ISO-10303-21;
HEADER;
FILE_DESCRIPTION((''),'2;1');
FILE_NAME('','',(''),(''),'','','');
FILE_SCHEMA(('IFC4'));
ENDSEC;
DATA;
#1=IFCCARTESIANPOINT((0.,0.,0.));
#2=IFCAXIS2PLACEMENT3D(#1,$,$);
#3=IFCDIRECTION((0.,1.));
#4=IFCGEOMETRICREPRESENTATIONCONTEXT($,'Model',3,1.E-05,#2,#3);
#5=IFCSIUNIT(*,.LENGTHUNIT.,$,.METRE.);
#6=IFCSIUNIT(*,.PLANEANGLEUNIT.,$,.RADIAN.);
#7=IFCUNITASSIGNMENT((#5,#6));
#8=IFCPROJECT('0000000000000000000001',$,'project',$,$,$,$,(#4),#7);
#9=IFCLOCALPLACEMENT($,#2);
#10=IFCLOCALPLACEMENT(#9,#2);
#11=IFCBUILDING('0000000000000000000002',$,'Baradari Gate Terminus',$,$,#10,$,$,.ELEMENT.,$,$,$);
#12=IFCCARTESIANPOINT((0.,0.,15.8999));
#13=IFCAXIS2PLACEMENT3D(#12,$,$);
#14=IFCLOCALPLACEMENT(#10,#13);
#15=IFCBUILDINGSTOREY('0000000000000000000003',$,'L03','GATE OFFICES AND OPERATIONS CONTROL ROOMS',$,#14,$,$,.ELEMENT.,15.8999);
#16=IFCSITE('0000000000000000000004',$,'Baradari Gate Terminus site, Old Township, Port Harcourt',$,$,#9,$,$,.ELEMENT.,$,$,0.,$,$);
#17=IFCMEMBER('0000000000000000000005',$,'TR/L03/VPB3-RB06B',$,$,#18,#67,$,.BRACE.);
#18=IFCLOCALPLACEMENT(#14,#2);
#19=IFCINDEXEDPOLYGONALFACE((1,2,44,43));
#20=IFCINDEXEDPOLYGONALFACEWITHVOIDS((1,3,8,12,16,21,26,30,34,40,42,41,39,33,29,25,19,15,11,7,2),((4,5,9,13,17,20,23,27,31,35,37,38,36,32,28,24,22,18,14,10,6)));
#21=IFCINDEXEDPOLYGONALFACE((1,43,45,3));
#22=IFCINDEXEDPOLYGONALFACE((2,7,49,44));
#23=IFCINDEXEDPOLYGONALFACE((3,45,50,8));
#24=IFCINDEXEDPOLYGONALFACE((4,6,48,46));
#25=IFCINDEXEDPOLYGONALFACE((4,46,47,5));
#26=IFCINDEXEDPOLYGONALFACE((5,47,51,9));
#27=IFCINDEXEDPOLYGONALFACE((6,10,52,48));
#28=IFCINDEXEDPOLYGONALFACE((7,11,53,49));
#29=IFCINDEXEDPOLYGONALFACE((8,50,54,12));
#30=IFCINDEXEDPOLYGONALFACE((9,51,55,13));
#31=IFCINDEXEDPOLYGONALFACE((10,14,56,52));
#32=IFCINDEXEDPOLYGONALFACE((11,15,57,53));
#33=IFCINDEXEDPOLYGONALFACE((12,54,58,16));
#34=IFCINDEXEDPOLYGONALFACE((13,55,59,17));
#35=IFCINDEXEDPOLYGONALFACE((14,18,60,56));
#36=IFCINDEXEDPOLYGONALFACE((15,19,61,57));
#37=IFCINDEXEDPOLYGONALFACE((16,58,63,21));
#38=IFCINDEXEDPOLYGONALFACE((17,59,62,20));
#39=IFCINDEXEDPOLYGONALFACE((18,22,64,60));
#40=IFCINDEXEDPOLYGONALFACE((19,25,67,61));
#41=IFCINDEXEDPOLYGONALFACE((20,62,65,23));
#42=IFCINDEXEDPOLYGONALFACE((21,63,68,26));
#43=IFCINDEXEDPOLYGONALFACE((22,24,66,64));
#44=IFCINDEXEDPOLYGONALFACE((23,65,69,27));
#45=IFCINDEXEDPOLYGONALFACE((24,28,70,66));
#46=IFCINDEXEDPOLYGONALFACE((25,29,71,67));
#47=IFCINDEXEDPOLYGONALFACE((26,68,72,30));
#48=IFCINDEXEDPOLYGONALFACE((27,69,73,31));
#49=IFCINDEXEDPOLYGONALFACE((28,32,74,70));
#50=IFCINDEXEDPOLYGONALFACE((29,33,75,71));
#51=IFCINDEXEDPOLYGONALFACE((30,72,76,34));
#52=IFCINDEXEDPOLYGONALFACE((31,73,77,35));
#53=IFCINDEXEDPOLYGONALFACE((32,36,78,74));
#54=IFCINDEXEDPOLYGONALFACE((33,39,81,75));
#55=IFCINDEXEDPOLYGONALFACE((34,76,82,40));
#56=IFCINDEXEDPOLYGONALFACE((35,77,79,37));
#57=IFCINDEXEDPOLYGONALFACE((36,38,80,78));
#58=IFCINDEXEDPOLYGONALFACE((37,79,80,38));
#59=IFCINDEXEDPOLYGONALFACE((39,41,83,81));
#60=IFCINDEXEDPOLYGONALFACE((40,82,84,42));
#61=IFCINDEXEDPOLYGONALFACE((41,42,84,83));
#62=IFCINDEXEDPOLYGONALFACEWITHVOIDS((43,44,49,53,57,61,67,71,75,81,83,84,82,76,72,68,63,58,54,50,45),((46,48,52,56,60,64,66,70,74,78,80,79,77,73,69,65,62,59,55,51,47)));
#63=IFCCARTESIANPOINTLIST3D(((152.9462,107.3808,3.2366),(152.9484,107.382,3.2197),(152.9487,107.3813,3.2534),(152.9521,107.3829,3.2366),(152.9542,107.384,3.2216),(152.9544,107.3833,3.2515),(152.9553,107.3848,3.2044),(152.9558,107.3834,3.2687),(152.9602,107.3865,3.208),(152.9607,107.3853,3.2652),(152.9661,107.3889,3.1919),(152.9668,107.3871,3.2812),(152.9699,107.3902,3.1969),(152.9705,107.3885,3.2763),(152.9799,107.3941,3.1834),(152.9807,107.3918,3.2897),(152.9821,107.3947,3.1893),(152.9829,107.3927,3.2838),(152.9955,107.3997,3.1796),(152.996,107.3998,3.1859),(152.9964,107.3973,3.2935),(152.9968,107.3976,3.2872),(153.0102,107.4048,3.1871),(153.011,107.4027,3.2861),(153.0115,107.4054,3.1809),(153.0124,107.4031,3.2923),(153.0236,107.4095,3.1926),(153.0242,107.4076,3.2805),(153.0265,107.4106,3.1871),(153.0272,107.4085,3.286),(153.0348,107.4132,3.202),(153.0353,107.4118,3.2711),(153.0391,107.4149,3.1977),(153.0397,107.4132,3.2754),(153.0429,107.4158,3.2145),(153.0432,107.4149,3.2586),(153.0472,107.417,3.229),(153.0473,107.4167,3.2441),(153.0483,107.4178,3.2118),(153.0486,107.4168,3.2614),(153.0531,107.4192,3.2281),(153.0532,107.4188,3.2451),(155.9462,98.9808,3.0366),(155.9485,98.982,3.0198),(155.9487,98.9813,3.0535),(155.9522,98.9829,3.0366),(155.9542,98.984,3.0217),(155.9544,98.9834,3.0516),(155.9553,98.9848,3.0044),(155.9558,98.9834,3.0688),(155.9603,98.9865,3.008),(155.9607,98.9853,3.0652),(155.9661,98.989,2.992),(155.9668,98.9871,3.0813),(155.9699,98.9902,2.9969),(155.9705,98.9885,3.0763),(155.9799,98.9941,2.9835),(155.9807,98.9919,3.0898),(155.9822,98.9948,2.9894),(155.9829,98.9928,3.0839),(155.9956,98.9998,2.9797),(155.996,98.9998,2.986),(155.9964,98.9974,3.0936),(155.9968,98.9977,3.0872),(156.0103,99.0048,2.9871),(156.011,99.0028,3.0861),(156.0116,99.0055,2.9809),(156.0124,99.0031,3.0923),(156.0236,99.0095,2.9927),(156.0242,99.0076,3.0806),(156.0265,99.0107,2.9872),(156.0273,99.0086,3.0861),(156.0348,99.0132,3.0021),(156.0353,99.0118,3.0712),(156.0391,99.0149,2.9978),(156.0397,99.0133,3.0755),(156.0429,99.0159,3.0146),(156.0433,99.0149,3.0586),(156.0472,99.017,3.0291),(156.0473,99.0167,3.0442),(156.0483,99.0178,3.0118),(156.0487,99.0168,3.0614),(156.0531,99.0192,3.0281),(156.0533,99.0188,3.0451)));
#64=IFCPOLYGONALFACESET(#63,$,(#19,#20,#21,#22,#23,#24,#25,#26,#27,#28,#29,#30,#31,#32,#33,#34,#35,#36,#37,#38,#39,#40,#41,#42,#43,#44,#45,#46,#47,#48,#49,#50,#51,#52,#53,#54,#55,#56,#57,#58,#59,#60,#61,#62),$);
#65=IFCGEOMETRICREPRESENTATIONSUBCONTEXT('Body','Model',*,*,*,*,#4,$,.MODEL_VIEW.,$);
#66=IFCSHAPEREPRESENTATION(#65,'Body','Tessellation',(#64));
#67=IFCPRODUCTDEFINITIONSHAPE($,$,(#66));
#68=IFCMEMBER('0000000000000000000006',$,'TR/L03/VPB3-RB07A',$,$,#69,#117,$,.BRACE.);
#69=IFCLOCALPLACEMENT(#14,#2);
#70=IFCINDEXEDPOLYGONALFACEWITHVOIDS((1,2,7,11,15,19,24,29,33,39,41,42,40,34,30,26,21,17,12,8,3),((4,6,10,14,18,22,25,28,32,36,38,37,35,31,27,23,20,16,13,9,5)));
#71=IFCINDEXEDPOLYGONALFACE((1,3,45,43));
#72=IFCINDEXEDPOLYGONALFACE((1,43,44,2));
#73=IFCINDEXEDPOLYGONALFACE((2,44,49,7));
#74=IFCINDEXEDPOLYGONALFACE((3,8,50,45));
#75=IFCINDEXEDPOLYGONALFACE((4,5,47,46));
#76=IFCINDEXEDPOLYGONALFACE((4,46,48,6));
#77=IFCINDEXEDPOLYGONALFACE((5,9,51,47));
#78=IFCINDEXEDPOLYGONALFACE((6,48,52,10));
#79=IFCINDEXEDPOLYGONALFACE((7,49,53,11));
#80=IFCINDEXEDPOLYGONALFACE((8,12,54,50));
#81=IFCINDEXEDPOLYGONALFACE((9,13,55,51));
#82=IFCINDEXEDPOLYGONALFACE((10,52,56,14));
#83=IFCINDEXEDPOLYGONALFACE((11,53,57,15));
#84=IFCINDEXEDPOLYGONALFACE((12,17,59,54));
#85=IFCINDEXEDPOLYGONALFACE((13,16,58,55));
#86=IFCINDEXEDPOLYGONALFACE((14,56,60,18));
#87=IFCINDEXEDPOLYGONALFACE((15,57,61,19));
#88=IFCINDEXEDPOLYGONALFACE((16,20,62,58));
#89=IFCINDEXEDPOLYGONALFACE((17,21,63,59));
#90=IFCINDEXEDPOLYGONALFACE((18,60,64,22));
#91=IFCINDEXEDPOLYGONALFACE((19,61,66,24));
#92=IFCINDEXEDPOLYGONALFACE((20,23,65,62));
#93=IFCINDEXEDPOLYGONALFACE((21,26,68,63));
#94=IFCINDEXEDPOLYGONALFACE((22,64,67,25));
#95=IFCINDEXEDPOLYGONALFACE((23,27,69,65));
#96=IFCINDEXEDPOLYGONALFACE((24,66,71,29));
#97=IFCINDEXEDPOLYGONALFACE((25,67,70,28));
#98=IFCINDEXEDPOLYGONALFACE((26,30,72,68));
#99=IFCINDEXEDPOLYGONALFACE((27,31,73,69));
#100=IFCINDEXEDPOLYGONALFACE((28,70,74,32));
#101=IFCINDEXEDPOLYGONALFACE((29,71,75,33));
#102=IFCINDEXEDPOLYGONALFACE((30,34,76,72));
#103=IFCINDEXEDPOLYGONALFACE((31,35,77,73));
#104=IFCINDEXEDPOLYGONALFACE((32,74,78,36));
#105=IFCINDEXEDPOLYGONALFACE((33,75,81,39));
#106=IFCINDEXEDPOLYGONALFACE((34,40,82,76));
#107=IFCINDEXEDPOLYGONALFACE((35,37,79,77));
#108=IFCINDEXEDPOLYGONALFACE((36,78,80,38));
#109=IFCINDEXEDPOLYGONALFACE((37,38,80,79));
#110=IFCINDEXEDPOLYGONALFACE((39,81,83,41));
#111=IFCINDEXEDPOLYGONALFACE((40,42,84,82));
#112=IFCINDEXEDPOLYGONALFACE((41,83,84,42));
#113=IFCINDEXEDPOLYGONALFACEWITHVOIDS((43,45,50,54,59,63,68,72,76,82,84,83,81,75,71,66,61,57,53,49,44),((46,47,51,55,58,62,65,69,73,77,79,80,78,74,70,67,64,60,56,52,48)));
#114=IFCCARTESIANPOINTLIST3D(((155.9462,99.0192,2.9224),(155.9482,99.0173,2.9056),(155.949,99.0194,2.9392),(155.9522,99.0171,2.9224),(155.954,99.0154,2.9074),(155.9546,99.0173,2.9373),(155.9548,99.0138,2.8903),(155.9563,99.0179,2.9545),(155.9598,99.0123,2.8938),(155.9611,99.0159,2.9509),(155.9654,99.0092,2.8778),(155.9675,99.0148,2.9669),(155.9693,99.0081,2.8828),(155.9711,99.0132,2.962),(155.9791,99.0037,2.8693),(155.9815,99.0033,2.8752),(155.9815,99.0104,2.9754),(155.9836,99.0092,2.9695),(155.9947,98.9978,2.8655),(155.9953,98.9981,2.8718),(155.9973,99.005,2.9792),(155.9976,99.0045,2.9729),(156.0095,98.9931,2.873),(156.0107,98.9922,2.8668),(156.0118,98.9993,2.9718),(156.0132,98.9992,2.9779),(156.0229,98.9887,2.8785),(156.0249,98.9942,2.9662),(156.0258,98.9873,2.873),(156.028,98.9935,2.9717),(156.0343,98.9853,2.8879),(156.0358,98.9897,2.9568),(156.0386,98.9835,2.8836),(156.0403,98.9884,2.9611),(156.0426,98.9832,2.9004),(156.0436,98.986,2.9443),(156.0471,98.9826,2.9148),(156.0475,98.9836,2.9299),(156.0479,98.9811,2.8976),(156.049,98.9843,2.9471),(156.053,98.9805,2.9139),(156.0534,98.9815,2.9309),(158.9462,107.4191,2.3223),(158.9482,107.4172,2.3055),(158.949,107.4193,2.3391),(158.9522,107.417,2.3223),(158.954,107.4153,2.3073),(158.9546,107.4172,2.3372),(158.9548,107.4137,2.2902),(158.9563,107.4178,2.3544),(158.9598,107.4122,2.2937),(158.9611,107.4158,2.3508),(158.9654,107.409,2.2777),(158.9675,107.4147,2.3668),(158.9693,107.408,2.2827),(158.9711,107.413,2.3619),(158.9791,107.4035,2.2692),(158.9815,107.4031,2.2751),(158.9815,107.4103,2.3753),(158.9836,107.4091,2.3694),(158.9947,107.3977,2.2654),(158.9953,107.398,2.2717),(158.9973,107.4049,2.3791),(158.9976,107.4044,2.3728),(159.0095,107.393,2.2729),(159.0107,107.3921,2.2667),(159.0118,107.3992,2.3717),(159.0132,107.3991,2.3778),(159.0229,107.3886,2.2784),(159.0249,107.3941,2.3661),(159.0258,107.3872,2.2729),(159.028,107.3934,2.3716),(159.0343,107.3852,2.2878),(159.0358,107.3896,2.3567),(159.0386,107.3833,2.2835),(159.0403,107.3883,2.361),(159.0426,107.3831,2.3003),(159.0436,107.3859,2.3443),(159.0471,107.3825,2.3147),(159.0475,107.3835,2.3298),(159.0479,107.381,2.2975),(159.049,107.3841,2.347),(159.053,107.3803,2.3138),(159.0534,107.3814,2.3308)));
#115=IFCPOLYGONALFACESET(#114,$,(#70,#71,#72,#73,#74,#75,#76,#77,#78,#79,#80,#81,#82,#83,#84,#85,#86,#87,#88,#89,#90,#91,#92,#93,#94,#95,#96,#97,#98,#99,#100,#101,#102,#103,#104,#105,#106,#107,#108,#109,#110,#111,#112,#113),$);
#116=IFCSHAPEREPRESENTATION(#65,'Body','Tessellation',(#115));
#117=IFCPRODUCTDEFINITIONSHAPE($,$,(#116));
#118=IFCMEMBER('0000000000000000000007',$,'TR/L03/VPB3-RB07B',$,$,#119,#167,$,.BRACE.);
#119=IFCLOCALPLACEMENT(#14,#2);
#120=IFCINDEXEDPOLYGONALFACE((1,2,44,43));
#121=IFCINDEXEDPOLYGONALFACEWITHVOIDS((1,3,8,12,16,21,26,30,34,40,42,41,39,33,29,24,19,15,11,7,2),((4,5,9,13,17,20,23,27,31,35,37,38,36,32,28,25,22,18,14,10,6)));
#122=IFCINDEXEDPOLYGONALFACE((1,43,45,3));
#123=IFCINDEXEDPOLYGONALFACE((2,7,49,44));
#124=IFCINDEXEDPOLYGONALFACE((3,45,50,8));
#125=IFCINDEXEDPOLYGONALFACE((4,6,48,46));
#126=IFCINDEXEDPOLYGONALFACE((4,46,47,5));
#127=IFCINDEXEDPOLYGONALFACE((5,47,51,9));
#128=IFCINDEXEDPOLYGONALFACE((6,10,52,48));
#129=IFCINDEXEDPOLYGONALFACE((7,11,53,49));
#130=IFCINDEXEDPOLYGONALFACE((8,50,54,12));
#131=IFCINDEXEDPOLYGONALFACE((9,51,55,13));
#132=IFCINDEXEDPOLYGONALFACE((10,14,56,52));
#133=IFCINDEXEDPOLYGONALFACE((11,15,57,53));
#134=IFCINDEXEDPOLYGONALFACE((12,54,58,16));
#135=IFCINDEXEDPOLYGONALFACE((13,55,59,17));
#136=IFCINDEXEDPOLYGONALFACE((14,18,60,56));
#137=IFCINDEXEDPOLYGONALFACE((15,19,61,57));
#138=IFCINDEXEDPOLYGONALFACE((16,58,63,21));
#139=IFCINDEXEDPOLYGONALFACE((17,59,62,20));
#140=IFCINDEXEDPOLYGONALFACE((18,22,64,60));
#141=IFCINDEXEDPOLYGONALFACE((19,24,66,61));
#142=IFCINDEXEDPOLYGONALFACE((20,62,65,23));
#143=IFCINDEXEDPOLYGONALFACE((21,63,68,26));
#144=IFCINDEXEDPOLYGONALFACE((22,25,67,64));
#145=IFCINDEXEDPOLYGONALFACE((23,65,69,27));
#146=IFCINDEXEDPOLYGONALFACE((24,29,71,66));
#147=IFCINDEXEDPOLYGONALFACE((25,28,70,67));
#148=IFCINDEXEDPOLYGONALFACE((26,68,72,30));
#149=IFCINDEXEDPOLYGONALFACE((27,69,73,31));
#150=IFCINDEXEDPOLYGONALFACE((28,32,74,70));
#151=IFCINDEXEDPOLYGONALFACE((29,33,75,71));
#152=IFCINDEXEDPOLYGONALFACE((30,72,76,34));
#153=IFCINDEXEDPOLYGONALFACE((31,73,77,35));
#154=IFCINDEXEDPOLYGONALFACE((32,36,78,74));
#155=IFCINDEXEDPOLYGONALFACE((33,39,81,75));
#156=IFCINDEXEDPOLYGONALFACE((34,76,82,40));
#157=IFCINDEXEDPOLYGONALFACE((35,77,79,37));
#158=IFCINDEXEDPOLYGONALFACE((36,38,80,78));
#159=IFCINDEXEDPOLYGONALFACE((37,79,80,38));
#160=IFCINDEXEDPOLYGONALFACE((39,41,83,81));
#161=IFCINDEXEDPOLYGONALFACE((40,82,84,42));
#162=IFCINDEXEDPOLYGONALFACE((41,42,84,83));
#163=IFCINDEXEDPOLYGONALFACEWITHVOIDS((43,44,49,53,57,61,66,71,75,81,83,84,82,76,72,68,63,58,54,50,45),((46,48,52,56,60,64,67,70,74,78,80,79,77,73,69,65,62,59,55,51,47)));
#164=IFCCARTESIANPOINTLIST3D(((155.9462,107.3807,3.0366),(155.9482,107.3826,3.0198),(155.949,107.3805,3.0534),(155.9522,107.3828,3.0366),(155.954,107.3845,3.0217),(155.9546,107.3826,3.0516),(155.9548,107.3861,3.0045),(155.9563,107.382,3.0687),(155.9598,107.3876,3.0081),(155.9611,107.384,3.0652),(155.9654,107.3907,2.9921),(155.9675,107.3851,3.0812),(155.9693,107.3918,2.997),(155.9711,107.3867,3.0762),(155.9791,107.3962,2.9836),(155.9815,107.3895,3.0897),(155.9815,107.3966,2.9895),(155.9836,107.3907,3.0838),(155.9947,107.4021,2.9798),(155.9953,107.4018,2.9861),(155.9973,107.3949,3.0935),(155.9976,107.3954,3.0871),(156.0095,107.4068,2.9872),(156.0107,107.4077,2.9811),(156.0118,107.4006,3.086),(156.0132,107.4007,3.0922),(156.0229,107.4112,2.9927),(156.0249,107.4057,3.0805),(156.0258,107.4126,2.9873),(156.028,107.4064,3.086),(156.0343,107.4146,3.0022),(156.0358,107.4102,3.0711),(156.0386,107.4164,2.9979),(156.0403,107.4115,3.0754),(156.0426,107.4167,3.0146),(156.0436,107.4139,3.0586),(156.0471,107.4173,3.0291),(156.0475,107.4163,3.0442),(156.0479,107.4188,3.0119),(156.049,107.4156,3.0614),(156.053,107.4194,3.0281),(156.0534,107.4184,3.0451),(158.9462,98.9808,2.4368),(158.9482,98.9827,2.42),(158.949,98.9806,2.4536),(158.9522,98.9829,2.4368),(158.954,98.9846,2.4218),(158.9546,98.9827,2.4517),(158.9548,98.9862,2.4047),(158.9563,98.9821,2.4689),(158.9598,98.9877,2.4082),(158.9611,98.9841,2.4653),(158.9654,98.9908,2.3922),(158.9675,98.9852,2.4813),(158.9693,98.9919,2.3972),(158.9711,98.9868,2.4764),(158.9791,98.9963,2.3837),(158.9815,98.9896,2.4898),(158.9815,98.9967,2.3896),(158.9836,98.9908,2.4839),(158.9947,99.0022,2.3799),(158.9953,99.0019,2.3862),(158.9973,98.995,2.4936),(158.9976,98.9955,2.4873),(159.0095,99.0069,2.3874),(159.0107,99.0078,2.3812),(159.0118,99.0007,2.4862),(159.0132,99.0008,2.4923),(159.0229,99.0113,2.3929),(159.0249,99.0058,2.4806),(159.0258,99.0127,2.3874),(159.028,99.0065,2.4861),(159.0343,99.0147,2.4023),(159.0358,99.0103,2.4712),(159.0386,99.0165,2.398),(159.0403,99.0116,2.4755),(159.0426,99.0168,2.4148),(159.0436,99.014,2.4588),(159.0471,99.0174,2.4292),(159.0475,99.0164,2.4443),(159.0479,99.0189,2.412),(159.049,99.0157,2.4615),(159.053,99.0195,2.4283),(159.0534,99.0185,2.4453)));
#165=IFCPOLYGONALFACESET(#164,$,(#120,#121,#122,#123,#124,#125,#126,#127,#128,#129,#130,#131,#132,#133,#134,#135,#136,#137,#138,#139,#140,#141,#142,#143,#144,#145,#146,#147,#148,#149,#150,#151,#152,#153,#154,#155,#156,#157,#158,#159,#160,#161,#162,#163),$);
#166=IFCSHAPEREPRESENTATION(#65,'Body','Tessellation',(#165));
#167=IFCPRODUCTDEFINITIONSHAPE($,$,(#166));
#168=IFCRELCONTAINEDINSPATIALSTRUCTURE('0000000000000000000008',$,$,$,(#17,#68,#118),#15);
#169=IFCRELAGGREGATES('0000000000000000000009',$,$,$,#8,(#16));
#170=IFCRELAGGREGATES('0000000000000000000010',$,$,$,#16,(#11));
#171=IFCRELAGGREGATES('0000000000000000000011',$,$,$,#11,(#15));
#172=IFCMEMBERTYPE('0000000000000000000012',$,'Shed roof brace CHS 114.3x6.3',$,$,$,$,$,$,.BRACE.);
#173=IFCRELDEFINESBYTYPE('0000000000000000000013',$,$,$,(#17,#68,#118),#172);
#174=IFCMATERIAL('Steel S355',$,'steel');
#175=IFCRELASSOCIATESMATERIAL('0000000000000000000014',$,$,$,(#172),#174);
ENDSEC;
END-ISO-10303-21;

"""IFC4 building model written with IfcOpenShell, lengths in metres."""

from ifc_helpers import new_model, si_unit, direction, frame, origin, origin_2d, place, context, subcontext, project, spatial, hollow_circle, extrude, material, material_profile, profile_set, type_object, element, save


model = new_model("IFC4")

# Units and contexts
model_context = context("Model", 3, precision=1e-05, world=origin(), true_north=direction((0.0, 1.0)))
body_context = subcontext(model_context, "Body", "Model", "MODEL_VIEW")
ifc_project = project(units=[si_unit("LENGTHUNIT", "METRE"), si_unit("PLANEANGLEUNIT", "RADIAN")], contexts=[model_context])

# Site, building, storey
site_placement = place(None, origin())
site = spatial("IfcSite", under=ifc_project, at=site_placement, Name="Baradari Gate Terminus site, Old Township, Port Harcourt", CompositionType="ELEMENT", RefElevation=0.0)
building_placement = place(site_placement, origin())
building = spatial("IfcBuilding", under=site, at=building_placement, Name="Baradari Gate Terminus", CompositionType="ELEMENT")
storey_placement = place(building_placement, frame((0.0, 0.0, 15.8999)))
storey = spatial("IfcBuildingStorey", under=building, at=storey_placement, Name="L03", Description="GATE OFFICES AND OPERATIONS CONTROL ROOMS", CompositionType="ELEMENT", Elevation=15.8999)

# Members
ifc_material_1 = material(Name="Steel S355", Category="steel")
ifc_material_profile_1 = material_profile(ifc_material_1, hollow_circle(Radius=0.0571, WallThickness=0.0063, at=origin_2d()), Name="CHS 114.3x6.3")
ifc_profile_set_1 = profile_set([ifc_material_profile_1], Name="Steel S355")
member_type_1 = type_object("IfcMemberType", Name="Shed roof brace CHS 114.3x6.3", PredefinedType="BRACE", material=ifc_profile_set_1)
member_1_placement = place(storey_placement, frame((156.0, 99.0, 3.0366), z_axis=(-0.336255, 0.941504, 0.022412), x_axis=(-0.941741, -0.33634, 0.0)))
element("IfcMember", 1, at=member_1_placement, inside=storey, type_object=member_type_1, Name="TR/L03/VPB3-RB06B", PredefinedType="BRACE", context=body_context, shape_type="SweptSolid", body=[
    extrude(hollow_circle(Radius=0.0571, WallThickness=0.0063, at=origin_2d()), origin(), (0.0, 0.0, 1.0), 8.9219),
])
for number, where, z_axis, x_axis, name in (
    (2, (156.0, 99.0, 2.9224), (0.335581, 0.939617, -0.067127), (-0.941741, 0.33634, 0.0), "TR/L03/VPB3-RB07A"),
    (3, (159.0, 99.0, 2.4368), (-0.335582, 0.939618, 0.0671), (-0.941741, -0.33634, 0.0), "TR/L03/VPB3-RB07B"),
):
    element("IfcMember", number, at=place(storey_placement, frame(where, z_axis=z_axis, x_axis=x_axis)), inside=storey, type_object=member_type_1, Name=name, PredefinedType="BRACE", context=body_context, shape_type="SweptSolid", body=[
        extrude(hollow_circle(Radius=0.0571, WallThickness=0.0063, at=origin_2d()), origin(), (0.0, 0.0, 1.0), 8.9397),
    ])

save(model, "model.ifc")
